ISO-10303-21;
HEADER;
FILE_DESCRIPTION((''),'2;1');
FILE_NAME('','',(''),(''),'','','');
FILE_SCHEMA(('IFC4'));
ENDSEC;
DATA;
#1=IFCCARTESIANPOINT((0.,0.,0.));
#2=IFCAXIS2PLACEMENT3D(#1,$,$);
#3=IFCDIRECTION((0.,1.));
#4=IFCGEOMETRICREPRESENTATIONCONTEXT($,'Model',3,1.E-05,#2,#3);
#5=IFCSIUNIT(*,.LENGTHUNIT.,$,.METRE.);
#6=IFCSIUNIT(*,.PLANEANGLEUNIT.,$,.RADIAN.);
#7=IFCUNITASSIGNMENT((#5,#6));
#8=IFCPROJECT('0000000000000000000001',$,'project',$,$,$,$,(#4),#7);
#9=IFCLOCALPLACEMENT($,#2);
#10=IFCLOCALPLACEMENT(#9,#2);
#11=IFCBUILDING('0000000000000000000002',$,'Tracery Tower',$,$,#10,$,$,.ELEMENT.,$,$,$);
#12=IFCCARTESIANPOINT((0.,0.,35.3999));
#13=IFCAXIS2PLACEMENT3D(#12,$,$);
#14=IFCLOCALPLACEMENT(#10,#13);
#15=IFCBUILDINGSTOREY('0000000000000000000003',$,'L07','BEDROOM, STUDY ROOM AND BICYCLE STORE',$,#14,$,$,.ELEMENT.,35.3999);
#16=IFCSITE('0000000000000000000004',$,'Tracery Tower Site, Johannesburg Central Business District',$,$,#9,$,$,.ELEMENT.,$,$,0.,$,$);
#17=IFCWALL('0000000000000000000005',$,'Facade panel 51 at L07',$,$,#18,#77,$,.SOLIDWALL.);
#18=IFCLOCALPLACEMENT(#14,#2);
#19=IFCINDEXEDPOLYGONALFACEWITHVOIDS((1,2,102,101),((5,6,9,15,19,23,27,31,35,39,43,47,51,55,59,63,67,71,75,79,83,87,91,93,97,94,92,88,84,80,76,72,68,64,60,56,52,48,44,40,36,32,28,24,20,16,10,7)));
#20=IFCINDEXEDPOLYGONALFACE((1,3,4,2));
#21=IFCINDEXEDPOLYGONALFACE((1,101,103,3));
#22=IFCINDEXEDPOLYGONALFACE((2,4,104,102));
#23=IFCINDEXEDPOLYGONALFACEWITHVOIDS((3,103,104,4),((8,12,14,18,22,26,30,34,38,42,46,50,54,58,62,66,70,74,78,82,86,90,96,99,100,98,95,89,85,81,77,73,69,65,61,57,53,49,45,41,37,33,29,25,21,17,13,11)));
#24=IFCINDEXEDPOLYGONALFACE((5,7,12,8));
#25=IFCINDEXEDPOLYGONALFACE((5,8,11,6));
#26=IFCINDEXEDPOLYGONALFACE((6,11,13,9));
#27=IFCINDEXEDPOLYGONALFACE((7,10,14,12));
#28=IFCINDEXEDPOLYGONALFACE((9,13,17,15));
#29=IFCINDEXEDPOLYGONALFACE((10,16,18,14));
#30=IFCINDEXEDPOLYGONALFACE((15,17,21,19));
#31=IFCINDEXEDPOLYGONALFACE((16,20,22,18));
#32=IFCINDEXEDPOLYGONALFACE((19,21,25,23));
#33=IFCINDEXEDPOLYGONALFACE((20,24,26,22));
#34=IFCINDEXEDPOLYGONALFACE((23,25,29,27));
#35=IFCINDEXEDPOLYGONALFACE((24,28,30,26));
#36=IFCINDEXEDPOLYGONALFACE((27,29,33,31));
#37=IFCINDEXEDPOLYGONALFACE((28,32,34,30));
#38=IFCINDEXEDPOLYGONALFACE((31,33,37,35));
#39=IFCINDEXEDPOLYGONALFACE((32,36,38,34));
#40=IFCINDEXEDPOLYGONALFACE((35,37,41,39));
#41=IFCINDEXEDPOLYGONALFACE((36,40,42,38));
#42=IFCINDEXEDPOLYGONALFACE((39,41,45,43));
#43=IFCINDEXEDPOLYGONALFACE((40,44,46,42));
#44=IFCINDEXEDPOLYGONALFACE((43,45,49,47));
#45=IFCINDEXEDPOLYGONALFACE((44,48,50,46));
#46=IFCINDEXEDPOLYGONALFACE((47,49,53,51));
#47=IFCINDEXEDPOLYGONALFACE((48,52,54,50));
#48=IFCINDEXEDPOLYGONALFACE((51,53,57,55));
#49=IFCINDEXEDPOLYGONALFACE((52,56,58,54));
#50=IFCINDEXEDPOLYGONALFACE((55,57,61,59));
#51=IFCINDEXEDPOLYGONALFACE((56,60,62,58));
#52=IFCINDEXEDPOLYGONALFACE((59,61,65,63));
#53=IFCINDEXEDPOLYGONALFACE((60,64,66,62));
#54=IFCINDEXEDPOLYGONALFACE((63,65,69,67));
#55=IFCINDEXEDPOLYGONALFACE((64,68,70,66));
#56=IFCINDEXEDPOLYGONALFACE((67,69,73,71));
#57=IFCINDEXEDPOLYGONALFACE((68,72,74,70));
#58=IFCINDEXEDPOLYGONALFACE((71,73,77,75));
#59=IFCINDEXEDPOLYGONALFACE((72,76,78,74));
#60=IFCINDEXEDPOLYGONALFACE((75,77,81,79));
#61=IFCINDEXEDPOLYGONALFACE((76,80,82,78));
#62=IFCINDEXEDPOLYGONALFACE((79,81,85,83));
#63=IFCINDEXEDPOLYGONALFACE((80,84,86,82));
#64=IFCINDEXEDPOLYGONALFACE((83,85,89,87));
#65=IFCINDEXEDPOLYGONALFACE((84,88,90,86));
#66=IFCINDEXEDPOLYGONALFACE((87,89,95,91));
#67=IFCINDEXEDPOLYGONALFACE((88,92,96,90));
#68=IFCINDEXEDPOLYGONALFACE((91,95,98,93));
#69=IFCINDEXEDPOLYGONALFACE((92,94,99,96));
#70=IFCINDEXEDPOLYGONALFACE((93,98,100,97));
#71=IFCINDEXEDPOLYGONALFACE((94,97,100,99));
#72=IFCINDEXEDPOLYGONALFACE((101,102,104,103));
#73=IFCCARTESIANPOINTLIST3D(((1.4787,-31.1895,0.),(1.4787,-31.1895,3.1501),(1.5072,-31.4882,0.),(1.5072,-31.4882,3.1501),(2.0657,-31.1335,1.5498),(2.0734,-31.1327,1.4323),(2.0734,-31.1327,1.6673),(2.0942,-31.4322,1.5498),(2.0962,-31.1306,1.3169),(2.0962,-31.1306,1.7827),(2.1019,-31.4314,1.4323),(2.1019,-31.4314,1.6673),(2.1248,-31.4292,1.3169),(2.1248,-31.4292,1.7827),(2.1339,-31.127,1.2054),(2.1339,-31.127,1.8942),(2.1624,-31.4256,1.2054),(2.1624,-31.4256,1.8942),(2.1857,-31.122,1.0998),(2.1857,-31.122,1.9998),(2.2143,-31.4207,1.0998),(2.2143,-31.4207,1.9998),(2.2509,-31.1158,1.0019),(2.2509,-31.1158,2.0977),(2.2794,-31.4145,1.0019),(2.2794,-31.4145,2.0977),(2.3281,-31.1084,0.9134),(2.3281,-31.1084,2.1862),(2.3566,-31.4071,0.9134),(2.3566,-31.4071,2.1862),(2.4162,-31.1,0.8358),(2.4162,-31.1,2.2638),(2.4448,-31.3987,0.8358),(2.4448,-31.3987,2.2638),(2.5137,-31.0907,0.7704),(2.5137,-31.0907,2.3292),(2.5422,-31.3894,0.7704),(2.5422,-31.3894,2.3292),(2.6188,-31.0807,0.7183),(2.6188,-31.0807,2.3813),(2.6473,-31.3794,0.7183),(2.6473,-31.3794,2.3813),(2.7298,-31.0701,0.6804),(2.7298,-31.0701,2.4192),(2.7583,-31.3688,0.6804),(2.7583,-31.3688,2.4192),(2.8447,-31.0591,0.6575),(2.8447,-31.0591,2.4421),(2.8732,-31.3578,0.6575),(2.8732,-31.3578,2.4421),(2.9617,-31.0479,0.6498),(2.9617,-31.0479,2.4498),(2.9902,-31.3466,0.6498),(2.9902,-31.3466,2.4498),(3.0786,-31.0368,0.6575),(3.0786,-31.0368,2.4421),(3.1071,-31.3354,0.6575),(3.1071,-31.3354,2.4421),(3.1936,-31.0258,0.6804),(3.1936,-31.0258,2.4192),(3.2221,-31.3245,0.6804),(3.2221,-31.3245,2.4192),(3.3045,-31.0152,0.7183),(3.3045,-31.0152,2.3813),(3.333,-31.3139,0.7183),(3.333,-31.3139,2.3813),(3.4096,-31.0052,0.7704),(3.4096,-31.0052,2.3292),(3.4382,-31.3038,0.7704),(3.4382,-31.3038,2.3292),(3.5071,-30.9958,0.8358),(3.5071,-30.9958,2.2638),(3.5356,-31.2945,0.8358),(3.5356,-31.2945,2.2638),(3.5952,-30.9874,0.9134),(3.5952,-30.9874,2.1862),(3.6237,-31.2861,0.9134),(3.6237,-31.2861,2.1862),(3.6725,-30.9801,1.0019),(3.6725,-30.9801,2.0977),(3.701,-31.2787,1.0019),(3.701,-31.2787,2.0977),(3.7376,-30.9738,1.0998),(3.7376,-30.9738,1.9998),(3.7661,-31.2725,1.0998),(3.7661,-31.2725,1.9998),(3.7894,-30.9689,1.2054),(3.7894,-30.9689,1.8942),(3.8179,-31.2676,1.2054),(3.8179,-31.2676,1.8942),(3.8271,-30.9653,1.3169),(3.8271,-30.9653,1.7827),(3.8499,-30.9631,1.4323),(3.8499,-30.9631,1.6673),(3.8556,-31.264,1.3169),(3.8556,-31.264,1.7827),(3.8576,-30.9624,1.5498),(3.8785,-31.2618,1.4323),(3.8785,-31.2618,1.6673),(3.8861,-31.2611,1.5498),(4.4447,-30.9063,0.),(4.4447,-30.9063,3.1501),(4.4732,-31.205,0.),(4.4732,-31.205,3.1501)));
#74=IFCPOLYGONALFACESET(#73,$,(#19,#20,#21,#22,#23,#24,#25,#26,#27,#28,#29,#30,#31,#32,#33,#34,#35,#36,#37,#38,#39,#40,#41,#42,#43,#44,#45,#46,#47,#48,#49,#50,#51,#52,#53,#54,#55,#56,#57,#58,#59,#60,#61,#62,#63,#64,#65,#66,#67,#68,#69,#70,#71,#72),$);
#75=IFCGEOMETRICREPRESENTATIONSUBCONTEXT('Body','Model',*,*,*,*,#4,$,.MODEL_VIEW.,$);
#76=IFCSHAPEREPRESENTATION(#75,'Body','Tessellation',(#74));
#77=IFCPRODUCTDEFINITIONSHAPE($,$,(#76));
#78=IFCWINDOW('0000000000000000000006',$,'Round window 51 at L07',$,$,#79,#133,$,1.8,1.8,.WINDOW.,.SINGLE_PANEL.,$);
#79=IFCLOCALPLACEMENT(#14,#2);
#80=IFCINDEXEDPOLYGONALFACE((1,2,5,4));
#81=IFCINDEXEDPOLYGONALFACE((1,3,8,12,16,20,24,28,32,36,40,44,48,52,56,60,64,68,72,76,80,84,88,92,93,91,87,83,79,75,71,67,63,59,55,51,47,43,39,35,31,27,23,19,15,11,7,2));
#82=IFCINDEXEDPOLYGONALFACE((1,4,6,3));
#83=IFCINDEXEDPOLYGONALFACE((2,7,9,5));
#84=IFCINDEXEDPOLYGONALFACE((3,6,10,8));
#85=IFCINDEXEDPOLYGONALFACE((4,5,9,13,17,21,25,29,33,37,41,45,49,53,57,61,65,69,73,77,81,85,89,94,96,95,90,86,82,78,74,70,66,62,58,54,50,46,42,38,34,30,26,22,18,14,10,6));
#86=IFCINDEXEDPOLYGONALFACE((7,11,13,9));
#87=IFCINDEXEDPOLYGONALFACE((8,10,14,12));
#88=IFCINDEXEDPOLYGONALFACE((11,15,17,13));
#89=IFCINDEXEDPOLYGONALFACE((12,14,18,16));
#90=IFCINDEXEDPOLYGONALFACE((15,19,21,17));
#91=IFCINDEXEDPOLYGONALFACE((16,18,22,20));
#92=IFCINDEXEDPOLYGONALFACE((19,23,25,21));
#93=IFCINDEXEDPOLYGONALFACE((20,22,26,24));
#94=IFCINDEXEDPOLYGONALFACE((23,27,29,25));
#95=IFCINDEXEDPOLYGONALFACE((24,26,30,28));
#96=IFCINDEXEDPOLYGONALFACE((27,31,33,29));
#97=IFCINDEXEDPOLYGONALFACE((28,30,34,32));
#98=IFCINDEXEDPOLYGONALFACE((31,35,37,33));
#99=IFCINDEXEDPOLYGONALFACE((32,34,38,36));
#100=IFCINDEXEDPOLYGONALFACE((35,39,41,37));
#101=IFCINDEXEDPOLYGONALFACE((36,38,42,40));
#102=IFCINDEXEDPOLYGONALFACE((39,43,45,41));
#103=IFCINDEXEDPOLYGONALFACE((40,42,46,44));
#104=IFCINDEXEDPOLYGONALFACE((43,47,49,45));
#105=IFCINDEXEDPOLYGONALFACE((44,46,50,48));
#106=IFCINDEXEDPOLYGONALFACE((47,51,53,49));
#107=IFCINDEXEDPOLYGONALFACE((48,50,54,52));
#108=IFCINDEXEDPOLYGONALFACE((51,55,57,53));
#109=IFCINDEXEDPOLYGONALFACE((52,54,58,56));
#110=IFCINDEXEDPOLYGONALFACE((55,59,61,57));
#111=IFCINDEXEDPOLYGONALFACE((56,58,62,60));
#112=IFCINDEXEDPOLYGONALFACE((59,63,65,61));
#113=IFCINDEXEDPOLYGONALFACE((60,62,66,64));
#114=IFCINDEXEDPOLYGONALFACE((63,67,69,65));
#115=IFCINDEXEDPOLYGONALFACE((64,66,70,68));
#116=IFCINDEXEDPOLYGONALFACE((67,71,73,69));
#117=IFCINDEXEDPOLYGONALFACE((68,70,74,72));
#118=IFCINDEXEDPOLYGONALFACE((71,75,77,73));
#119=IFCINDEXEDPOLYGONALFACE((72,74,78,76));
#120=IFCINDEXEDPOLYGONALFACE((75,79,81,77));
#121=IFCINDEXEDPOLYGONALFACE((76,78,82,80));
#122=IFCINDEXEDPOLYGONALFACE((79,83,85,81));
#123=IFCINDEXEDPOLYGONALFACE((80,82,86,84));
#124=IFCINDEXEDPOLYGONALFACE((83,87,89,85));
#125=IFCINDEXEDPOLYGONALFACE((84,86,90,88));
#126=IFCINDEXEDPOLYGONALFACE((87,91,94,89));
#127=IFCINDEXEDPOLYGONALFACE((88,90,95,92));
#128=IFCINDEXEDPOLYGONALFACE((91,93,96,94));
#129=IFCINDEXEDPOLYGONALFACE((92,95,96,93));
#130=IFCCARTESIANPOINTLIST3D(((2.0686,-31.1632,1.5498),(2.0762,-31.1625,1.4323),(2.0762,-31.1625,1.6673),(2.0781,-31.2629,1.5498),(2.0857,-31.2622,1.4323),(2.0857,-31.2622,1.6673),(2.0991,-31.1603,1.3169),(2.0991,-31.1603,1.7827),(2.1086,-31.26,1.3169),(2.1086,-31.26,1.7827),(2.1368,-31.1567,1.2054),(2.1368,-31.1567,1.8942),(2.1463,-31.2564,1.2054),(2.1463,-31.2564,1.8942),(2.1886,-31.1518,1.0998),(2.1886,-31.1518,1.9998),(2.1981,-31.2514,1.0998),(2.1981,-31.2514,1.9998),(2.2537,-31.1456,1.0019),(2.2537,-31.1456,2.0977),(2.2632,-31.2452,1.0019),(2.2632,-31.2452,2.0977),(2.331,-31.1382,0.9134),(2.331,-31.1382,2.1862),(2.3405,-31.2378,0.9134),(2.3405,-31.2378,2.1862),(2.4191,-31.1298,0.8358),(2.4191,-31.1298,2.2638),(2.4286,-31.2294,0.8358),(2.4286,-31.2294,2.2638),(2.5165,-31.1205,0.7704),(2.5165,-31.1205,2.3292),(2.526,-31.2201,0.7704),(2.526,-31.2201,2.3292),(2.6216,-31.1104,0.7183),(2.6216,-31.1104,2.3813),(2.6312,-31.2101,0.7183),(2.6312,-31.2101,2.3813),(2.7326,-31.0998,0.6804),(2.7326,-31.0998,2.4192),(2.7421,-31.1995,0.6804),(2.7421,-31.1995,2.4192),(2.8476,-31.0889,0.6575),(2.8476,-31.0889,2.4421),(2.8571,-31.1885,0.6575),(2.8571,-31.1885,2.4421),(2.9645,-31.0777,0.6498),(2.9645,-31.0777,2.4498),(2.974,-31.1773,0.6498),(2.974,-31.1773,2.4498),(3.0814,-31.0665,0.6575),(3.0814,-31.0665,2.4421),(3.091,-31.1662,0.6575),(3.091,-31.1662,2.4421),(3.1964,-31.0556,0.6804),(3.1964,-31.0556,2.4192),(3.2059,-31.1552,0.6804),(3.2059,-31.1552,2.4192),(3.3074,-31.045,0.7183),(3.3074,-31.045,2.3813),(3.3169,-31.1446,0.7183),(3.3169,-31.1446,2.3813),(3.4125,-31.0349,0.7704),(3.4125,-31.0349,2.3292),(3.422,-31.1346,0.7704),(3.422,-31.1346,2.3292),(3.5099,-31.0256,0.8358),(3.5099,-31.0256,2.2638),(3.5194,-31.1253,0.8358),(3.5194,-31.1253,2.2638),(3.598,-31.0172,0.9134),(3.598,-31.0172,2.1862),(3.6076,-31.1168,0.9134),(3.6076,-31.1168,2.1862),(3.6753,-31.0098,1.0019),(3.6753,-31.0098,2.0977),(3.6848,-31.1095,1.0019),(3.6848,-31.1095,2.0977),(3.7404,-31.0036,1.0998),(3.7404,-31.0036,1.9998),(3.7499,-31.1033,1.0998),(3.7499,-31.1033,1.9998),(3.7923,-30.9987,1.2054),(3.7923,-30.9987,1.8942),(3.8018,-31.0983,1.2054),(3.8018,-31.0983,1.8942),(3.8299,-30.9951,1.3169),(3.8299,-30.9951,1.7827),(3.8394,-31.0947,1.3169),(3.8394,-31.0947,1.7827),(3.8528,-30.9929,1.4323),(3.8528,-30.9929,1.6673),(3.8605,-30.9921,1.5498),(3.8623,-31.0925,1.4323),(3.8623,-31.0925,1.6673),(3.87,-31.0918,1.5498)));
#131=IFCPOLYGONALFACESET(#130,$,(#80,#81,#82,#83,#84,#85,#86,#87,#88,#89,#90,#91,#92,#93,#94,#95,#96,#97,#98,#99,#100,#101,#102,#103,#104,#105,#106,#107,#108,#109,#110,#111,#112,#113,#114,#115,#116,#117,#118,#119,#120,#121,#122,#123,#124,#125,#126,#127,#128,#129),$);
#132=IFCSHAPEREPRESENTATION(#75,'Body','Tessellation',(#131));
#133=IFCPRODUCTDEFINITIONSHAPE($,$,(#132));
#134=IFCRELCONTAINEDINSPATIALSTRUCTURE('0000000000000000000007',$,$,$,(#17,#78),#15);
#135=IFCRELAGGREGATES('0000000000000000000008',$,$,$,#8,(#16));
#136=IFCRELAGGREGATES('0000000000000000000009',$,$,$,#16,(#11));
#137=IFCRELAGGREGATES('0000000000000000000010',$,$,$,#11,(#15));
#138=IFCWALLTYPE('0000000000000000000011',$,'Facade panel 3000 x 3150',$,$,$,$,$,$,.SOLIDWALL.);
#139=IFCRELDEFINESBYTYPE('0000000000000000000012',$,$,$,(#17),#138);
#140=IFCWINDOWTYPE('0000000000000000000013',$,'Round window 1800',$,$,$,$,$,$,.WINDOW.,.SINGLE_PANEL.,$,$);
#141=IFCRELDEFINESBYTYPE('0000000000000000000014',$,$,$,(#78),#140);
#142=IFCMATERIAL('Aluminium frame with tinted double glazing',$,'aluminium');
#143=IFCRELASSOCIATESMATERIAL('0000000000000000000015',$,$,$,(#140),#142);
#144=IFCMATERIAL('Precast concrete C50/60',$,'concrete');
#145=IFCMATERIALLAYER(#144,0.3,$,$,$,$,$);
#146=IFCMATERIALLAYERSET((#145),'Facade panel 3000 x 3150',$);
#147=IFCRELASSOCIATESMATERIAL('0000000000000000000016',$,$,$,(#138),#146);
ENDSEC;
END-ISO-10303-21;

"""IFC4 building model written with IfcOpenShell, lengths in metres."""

from ifc_helpers import new_model, si_unit, direction, frame, frame_2d, origin, origin_2d, place, context, subcontext, project, spatial, rectangle, circle, extrude, material, layer, layer_set, type_object, element, fill, save


model = new_model("IFC4")

# Units and contexts
model_context = context("Model", 3, precision=1e-05, world=origin(), true_north=direction((0.0, 1.0)))
body_context = subcontext(model_context, "Body", "Model", "MODEL_VIEW")
ifc_project = project(units=[si_unit("LENGTHUNIT", "METRE"), si_unit("PLANEANGLEUNIT", "RADIAN")], contexts=[model_context])

# Site, building, storey
site_placement = place(None, origin())
site = spatial("IfcSite", under=ifc_project, at=site_placement, Name="Tracery Tower Site, Johannesburg Central Business District", CompositionType="ELEMENT", RefElevation=0.0)
building_placement = place(site_placement, origin())
building = spatial("IfcBuilding", under=site, at=building_placement, Name="Tracery Tower", CompositionType="ELEMENT")
storey_placement = place(building_placement, frame((0.0, 0.0, 35.3999)))
storey = spatial("IfcBuildingStorey", under=building, at=storey_placement, Name="L07", Description="BEDROOM, STUDY ROOM AND BICYCLE STORE", CompositionType="ELEMENT", Elevation=35.3999)

# Wall, opening, window
ifc_material_1 = material(Name="Aluminium frame with tinted double glazing", Category="aluminium")
window_type = type_object("IfcWindowType", Name="Round window 1800", PartitioningType="SINGLE_PANEL", PredefinedType="WINDOW", material=ifc_material_1)
ifc_material_2 = material(Name="Precast concrete C50/60", Category="concrete")
ifc_layer_1 = layer(ifc_material_2, 0.3)
ifc_layer_set_1 = layer_set([ifc_layer_1], Name="Facade panel 3000 x 3150")
wall_type_1 = type_object("IfcWallType", Name="Facade panel 3000 x 3150", PredefinedType="SOLIDWALL", material=ifc_layer_set_1)
wall_1_placement = place(storey_placement, frame((1.4929, -31.3389, 0.0), z_axis=(0.0, 0.0, 1.0), x_axis=(0.995473, 0.095049, 0.0)))
wall_1 = element("IfcWall", 1, at=wall_1_placement, inside=storey, type_object=wall_type_1, Name="Facade panel 51 at L07", PredefinedType="SOLIDWALL", context=body_context, shape_type="SweptSolid", body=[
    extrude(rectangle(XDim=2.9795, YDim=0.3, at=frame_2d((1.4897, 0.0))), origin(), (0.0, 0.0, 1.0), 3.1501),
])
opening_1_placement = place(wall_1_placement, frame((1.4897, 0.0, 1.5498)))
opening_1 = element("IfcOpeningElement", 2, at=opening_1_placement, cuts=wall_1, PredefinedType="OPENING", context=body_context, shape_type="SweptSolid", body=[
    extrude(circle(Radius=0.9, at=origin_2d()), frame((0.0, 0.1599, 0.0), z_axis=(0.0, -1.0, 0.0), x_axis=(1.0, 0.0, 0.0)), (0.0, 0.0, 1.0), 0.3201),
])
window_1_placement = place(opening_1_placement, origin())
window_1 = element("IfcWindow", 3, at=window_1_placement, inside=storey, type_object=window_type, Name="Round window 51 at L07", OverallHeight=1.8, OverallWidth=1.8, PartitioningType="SINGLE_PANEL", PredefinedType="WINDOW", context=body_context, shape_type="SweptSolid", body=[
    extrude(circle(Radius=0.9, at=origin_2d()), frame((0.0, 0.1201, 0.0), z_axis=(0.0, -1.0, 0.0), x_axis=(1.0, 0.0, 0.0)), (0.0, 0.0, 1.0), 0.1001),
])
fill(opening_1, window_1)

save(model, "model.ifc")
